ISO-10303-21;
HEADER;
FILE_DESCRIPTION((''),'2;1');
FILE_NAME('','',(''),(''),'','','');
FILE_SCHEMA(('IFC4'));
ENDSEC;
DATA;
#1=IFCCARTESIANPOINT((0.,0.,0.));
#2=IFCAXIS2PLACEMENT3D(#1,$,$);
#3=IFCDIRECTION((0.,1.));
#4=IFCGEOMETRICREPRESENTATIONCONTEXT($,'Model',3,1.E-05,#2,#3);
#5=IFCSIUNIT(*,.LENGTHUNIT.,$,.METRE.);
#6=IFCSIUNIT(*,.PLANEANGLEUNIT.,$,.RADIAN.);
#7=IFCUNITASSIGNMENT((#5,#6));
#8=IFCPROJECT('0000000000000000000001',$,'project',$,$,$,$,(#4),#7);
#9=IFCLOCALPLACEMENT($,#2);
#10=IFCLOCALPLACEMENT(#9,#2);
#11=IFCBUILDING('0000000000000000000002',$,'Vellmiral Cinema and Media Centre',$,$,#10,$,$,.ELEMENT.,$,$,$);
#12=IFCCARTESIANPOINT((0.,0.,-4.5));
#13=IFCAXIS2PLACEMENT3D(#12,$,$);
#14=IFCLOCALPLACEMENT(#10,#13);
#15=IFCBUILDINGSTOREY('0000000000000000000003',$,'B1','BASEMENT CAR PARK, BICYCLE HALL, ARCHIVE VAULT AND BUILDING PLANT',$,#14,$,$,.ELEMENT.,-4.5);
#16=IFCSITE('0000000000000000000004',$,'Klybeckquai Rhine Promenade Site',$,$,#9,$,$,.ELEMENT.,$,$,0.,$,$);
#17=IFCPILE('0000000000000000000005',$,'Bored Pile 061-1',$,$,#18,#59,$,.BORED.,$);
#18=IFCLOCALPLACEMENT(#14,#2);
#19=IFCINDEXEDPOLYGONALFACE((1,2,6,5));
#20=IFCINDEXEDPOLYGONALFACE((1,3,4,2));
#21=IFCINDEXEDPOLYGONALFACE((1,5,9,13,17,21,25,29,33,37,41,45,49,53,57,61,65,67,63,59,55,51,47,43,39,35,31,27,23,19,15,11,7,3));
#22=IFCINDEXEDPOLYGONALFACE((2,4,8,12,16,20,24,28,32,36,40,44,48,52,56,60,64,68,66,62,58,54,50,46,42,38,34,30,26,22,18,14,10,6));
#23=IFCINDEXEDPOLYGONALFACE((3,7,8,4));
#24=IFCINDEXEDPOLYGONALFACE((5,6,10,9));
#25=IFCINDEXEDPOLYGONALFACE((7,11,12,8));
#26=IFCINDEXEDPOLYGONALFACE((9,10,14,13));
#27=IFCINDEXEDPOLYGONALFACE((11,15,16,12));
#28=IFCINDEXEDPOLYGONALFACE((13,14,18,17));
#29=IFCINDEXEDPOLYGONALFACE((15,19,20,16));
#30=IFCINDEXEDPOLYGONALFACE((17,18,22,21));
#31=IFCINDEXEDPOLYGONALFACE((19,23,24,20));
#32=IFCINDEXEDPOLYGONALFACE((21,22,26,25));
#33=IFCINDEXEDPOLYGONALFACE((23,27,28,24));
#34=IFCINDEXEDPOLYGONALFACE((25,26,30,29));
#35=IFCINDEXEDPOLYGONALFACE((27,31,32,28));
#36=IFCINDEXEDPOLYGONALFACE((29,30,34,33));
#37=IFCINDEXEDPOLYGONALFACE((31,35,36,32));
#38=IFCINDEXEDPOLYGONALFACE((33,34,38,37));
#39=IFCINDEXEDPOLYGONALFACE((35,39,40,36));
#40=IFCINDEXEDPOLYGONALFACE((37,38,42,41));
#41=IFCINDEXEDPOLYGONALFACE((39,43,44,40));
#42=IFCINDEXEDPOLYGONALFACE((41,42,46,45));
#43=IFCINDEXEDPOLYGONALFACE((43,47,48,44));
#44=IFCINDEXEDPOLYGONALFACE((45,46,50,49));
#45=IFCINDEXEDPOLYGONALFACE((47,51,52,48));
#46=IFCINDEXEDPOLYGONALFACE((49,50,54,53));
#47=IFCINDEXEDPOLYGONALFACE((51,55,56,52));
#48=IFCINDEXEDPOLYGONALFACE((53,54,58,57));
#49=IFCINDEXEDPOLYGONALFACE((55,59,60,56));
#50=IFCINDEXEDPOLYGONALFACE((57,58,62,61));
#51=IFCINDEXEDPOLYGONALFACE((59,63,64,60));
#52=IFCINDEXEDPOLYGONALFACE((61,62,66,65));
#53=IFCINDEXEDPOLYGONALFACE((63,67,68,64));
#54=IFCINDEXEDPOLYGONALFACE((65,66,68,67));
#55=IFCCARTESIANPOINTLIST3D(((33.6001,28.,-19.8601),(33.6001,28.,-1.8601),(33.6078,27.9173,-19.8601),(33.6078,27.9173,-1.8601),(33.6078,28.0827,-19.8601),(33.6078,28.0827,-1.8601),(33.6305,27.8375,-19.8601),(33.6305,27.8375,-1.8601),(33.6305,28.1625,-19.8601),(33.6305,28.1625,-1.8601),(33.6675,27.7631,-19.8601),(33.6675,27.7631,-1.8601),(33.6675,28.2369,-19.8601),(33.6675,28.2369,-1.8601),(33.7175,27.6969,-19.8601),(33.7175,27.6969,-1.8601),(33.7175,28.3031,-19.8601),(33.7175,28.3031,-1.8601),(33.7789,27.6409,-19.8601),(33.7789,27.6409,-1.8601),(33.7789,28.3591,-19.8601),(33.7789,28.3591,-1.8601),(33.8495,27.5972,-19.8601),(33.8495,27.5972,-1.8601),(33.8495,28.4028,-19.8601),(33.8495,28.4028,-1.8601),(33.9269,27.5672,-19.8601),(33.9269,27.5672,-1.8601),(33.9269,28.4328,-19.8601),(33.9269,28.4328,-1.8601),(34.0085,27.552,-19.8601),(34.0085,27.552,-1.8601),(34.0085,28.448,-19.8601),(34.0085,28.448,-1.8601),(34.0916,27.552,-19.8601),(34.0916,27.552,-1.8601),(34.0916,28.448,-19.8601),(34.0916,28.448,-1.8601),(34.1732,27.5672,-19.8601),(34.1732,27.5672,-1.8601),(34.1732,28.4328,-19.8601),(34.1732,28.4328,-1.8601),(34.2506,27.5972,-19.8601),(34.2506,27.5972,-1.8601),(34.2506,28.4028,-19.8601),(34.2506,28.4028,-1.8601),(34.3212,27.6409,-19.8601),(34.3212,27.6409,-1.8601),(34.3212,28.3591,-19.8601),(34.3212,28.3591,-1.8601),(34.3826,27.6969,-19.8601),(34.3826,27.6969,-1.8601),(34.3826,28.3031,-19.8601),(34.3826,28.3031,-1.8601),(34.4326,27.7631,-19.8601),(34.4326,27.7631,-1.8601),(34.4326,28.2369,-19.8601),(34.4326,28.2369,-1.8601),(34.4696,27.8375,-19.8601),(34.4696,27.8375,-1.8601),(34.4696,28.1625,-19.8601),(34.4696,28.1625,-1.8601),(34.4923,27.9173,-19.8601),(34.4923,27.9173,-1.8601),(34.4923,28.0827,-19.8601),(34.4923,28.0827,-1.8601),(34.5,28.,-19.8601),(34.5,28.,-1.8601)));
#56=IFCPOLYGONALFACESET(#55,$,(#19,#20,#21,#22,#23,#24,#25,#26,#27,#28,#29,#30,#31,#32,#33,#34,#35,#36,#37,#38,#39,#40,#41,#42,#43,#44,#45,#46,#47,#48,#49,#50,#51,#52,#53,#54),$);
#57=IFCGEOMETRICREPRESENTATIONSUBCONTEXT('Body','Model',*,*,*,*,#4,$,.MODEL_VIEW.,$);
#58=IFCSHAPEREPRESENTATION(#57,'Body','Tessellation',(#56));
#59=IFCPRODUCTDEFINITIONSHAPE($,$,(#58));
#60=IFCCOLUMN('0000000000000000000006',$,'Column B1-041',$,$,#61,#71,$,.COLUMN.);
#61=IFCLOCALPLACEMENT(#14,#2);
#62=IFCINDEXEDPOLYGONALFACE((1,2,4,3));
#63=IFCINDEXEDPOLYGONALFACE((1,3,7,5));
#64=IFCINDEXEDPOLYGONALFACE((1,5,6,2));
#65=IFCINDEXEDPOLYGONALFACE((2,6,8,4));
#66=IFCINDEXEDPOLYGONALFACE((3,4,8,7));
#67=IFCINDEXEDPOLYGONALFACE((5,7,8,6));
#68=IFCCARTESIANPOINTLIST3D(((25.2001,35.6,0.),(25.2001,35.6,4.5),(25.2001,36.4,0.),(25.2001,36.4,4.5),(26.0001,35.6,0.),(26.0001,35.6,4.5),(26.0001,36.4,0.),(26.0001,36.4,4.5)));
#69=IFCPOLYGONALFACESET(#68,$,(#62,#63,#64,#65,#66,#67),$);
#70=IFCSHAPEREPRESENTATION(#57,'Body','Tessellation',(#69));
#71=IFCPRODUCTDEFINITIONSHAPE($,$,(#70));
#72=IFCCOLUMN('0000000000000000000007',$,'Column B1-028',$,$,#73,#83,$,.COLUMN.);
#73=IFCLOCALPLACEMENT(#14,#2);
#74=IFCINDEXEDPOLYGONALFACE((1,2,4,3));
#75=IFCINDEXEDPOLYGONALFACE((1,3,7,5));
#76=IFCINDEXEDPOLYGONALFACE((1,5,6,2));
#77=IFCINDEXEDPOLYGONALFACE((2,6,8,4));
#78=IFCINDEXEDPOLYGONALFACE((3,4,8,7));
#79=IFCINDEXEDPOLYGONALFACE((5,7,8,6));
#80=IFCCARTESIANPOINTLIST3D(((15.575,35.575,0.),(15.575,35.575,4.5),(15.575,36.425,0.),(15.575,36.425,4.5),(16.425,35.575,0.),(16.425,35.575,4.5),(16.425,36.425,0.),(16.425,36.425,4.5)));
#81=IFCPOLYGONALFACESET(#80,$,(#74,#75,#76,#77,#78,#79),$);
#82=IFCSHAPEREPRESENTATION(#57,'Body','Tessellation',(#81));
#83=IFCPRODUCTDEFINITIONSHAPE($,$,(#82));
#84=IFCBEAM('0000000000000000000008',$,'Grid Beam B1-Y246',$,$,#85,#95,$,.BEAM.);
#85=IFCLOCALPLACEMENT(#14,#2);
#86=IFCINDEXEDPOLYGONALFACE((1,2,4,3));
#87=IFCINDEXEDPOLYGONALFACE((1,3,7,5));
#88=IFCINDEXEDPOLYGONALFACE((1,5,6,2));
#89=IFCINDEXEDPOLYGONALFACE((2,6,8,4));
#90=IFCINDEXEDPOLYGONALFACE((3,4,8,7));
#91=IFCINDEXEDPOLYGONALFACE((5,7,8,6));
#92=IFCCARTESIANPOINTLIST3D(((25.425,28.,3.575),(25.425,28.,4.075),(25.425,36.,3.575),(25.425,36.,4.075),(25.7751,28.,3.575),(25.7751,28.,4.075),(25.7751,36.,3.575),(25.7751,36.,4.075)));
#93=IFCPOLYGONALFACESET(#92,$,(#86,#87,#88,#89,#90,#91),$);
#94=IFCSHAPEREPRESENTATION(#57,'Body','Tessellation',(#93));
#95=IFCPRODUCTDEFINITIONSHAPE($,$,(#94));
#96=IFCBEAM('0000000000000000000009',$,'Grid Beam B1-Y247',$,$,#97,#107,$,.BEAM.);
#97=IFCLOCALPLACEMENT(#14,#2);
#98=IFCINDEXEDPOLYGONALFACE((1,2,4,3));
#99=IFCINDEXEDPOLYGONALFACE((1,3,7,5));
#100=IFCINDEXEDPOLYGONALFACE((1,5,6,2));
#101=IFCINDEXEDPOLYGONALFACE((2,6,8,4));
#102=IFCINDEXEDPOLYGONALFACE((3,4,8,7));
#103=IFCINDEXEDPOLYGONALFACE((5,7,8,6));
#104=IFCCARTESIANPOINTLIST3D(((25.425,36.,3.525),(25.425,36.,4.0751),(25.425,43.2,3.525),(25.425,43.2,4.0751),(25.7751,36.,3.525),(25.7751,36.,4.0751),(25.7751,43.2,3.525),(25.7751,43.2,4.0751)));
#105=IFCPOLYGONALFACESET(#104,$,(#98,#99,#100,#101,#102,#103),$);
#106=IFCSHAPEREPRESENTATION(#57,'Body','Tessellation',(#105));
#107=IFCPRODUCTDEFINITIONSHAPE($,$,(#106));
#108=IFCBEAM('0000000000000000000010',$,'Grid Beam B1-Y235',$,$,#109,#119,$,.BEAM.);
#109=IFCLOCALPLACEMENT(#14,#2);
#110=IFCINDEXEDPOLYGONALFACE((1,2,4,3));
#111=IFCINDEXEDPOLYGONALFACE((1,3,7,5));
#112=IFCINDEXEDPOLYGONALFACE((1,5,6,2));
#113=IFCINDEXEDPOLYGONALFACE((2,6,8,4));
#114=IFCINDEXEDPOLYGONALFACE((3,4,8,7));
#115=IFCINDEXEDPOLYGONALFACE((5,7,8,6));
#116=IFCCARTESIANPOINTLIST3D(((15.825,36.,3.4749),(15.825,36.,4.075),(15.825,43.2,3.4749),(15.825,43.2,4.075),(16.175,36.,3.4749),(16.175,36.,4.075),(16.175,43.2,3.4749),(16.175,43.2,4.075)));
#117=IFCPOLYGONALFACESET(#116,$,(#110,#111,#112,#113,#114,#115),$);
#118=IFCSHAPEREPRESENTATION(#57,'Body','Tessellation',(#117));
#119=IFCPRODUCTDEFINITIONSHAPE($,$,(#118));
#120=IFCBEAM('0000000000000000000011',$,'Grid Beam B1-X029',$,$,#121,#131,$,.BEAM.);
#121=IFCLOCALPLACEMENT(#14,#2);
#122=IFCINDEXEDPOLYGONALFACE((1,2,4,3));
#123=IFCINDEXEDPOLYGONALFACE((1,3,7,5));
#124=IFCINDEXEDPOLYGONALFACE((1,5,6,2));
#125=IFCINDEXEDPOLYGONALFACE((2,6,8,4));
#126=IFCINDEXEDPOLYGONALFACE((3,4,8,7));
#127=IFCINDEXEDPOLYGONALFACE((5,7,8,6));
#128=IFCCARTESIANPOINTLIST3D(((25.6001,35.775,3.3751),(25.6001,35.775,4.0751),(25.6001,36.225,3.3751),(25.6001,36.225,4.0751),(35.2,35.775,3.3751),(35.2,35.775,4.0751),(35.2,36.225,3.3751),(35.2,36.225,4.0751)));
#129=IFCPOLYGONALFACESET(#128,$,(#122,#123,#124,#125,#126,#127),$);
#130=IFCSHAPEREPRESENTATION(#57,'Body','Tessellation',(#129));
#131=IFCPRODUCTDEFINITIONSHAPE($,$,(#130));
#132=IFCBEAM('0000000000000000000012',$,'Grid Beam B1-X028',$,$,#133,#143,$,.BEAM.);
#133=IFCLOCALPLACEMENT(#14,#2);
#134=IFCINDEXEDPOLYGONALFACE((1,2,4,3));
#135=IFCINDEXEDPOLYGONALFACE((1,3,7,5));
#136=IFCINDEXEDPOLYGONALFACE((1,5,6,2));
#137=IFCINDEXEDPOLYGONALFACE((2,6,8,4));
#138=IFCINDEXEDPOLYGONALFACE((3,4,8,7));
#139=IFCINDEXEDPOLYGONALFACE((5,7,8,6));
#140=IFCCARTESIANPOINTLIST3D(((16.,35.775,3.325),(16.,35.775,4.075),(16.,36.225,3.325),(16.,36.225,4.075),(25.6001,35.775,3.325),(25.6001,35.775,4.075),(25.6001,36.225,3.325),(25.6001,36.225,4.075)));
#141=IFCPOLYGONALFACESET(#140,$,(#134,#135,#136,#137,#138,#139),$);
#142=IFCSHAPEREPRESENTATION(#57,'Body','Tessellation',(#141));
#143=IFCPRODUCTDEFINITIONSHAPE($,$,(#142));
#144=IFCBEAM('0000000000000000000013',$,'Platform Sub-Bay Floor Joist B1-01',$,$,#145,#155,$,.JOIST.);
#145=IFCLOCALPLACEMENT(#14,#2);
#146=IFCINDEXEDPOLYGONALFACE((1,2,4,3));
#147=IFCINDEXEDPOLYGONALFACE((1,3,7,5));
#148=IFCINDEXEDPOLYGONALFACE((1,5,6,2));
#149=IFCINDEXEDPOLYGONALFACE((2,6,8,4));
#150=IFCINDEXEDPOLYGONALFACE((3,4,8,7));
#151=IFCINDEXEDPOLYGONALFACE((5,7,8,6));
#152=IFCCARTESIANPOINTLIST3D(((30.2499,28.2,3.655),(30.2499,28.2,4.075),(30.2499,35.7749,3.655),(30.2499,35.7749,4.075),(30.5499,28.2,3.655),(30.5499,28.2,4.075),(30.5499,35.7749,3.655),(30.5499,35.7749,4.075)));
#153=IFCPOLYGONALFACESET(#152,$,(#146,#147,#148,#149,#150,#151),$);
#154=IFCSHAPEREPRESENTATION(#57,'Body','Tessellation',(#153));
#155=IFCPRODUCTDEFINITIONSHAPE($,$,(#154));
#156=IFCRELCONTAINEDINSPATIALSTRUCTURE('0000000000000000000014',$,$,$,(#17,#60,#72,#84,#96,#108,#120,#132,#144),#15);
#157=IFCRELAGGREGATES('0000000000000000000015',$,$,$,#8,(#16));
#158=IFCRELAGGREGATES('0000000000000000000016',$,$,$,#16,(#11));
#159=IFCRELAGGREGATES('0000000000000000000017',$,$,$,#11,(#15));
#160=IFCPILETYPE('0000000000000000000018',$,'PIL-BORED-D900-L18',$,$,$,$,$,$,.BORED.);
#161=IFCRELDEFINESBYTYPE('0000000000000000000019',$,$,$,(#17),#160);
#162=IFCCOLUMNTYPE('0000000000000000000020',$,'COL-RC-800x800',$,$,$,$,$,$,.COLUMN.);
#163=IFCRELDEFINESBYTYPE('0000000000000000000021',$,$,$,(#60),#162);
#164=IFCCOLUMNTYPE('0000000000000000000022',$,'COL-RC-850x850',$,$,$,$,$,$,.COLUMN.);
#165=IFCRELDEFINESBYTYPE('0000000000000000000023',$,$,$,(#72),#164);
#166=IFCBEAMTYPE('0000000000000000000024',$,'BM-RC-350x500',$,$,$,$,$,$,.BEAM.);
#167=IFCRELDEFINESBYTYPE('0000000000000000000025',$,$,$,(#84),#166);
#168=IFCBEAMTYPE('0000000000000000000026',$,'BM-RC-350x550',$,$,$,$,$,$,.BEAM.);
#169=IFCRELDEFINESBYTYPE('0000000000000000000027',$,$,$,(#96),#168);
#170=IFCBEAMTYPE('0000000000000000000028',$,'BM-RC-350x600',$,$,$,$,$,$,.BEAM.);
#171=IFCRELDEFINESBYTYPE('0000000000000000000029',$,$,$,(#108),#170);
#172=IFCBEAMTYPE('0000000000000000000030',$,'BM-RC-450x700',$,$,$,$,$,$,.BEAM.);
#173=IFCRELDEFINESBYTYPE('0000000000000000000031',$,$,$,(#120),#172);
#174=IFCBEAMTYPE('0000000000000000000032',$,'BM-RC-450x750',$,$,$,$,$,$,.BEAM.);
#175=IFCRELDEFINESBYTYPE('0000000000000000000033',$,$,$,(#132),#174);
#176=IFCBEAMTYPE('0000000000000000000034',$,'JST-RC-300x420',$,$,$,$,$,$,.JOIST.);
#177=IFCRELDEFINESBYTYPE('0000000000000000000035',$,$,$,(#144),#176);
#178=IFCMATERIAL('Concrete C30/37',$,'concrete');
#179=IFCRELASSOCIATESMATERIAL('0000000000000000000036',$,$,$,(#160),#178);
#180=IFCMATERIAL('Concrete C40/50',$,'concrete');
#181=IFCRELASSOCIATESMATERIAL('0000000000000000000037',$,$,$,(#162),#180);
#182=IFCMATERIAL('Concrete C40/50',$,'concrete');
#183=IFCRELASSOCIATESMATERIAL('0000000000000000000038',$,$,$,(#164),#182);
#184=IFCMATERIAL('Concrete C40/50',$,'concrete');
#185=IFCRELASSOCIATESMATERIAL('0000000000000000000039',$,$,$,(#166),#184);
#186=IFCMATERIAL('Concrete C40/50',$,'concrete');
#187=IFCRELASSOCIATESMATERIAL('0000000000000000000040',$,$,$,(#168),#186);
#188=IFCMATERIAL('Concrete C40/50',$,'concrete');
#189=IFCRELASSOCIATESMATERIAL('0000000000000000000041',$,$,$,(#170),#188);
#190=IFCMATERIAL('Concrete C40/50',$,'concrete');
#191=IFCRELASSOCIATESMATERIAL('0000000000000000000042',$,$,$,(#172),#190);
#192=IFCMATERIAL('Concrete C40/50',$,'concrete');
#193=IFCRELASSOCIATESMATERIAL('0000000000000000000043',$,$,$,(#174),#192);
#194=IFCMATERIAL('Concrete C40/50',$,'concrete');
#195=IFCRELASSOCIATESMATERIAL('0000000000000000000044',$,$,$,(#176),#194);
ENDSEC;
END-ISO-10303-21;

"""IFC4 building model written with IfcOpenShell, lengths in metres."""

from ifc_helpers import new_model, si_unit, direction, frame, origin, origin_2d, place, context, subcontext, project, spatial, rectangle, circle, extrude, material, material_profile, profile_set, type_object, element, save


model = new_model("IFC4")

# Units and contexts
model_context = context("Model", 3, precision=1e-05, world=origin(), true_north=direction((0.0, 1.0)))
body_context = subcontext(model_context, "Body", "Model", "MODEL_VIEW")
ifc_project = project(units=[si_unit("LENGTHUNIT", "METRE"), si_unit("PLANEANGLEUNIT", "RADIAN")], contexts=[model_context])

# Site, building, storey
site_placement = place(None, origin())
site = spatial("IfcSite", under=ifc_project, at=site_placement, Name="Klybeckquai Rhine Promenade Site", CompositionType="ELEMENT", RefElevation=0.0)
building_placement = place(site_placement, origin())
building = spatial("IfcBuilding", under=site, at=building_placement, Name="Vellmiral Cinema and Media Centre", CompositionType="ELEMENT")
storey_placement = place(building_placement, frame((0.0, 0.0, -4.5)))
storey = spatial("IfcBuildingStorey", under=building, at=storey_placement, Name="B1", Description="BASEMENT CAR PARK, BICYCLE HALL, ARCHIVE VAULT AND BUILDING PLANT", CompositionType="ELEMENT", Elevation=-4.5)

# Pile
ifc_material_1 = material(Name="Concrete C30/37", Category="concrete")
ifc_material_profile_1 = material_profile(ifc_material_1, circle(Radius=0.45, at=origin_2d()), Name="PILE D900")
ifc_profile_set_1 = profile_set([ifc_material_profile_1], Name="Concrete C30/37")
pile_type_1 = type_object("IfcPileType", Name="PIL-BORED-D900-L18", PredefinedType="BORED", material=ifc_profile_set_1)
for number, where, z_axis, x_axis, name in (
    (1, (34.05, 28.0, -1.8601), (0.0, 0.0, -1.0), (1.0, 0.0, 0.0), "Bored Pile 061-1"),
):
    element("IfcPile", number, at=place(storey_placement, frame(where, z_axis=z_axis, x_axis=x_axis)), inside=storey, type_object=pile_type_1, Name=name, PredefinedType="BORED", context=body_context, shape_type="SweptSolid", body=[
        extrude(circle(Radius=0.45, at=origin_2d()), origin(), (0.0, 0.0, 1.0), 18.0),
    ])

# Columns
ifc_material_2 = material(Name="Concrete C40/50", Category="concrete")
ifc_material_profile_2 = material_profile(ifc_material_2, rectangle(XDim=0.8, YDim=0.8, at=origin_2d()), Name="RC 800x800")
ifc_profile_set_2 = profile_set([ifc_material_profile_2], Name="Concrete C40/50")
column_type_1 = type_object("IfcColumnType", Name="COL-RC-800x800", PredefinedType="COLUMN", material=ifc_profile_set_2)
column_1_placement = place(storey_placement, frame((25.6001, 36.0, 0.0), z_axis=(0.0, 0.0, 1.0), x_axis=(1.0, 0.0, 0.0)))
element("IfcColumn", 2, at=column_1_placement, inside=storey, type_object=column_type_1, Name="Column B1-041", PredefinedType="COLUMN", context=body_context, shape_type="SweptSolid", body=[
    extrude(rectangle(XDim=0.8, YDim=0.8, at=origin_2d()), origin(), (0.0, 0.0, 1.0), 4.5),
])
ifc_material_3 = material(Name="Concrete C40/50", Category="concrete")
ifc_material_profile_3 = material_profile(ifc_material_3, rectangle(XDim=0.8501, YDim=0.8501, at=origin_2d()), Name="RC 850x850")
ifc_profile_set_3 = profile_set([ifc_material_profile_3], Name="Concrete C40/50")
column_type_2 = type_object("IfcColumnType", Name="COL-RC-850x850", PredefinedType="COLUMN", material=ifc_profile_set_3)
column_2_placement = place(storey_placement, frame((16.0, 36.0, 0.0), z_axis=(0.0, 0.0, 1.0), x_axis=(1.0, 0.0, 0.0)))
element("IfcColumn", 3, at=column_2_placement, inside=storey, type_object=column_type_2, Name="Column B1-028", PredefinedType="COLUMN", context=body_context, shape_type="SweptSolid", body=[
    extrude(rectangle(XDim=0.8501, YDim=0.8501, at=origin_2d()), origin(), (0.0, 0.0, 1.0), 4.5),
])

# Beams
ifc_material_4 = material(Name="Concrete C40/50", Category="concrete")
ifc_material_profile_4 = material_profile(ifc_material_4, rectangle(XDim=0.3501, YDim=0.5, at=origin_2d()), Name="RC 350x500")
ifc_profile_set_4 = profile_set([ifc_material_profile_4], Name="Concrete C40/50")
beam_type_1 = type_object("IfcBeamType", Name="BM-RC-350x500", PredefinedType="BEAM", material=ifc_profile_set_4)
beam_1_placement = place(storey_placement, frame((25.6001, 28.0, 3.825), z_axis=(0.0, 1.0, 0.0), x_axis=(-1.0, 0.0, 0.0)))
element("IfcBeam", 4, at=beam_1_placement, inside=storey, type_object=beam_type_1, Name="Grid Beam B1-Y246", PredefinedType="BEAM", context=body_context, shape_type="SweptSolid", body=[
    extrude(rectangle(XDim=0.3501, YDim=0.5, at=origin_2d()), origin(), (0.0, 0.0, 1.0), 8.0),
])
ifc_material_5 = material(Name="Concrete C40/50", Category="concrete")
ifc_material_profile_5 = material_profile(ifc_material_5, rectangle(XDim=0.3501, YDim=0.55, at=origin_2d()), Name="RC 350x550")
ifc_profile_set_5 = profile_set([ifc_material_profile_5], Name="Concrete C40/50")
beam_type_2 = type_object("IfcBeamType", Name="BM-RC-350x550", PredefinedType="BEAM", material=ifc_profile_set_5)
beam_2_placement = place(storey_placement, frame((25.6001, 36.0, 3.8), z_axis=(0.0, 1.0, 0.0), x_axis=(-1.0, 0.0, 0.0)))
element("IfcBeam", 5, at=beam_2_placement, inside=storey, type_object=beam_type_2, Name="Grid Beam B1-Y247", PredefinedType="BEAM", context=body_context, shape_type="SweptSolid", body=[
    extrude(rectangle(XDim=0.3501, YDim=0.55, at=origin_2d()), origin(), (0.0, 0.0, 1.0), 7.2),
])
ifc_material_6 = material(Name="Concrete C40/50", Category="concrete")
ifc_material_profile_6 = material_profile(ifc_material_6, rectangle(XDim=0.3501, YDim=0.6001, at=origin_2d()), Name="RC 350x600")
ifc_profile_set_6 = profile_set([ifc_material_profile_6], Name="Concrete C40/50")
beam_type_3 = type_object("IfcBeamType", Name="BM-RC-350x600", PredefinedType="BEAM", material=ifc_profile_set_6)
beam_3_placement = place(storey_placement, frame((16.0, 36.0, 3.7749), z_axis=(0.0, 1.0, 0.0), x_axis=(-1.0, 0.0, 0.0)))
element("IfcBeam", 6, at=beam_3_placement, inside=storey, type_object=beam_type_3, Name="Grid Beam B1-Y235", PredefinedType="BEAM", context=body_context, shape_type="SweptSolid", body=[
    extrude(rectangle(XDim=0.3501, YDim=0.6001, at=origin_2d()), origin(), (0.0, 0.0, 1.0), 7.2),
])
ifc_material_7 = material(Name="Concrete C40/50", Category="concrete")
ifc_material_profile_7 = material_profile(ifc_material_7, rectangle(XDim=0.45, YDim=0.7, at=origin_2d()), Name="RC 450x700")
ifc_profile_set_7 = profile_set([ifc_material_profile_7], Name="Concrete C40/50")
beam_type_4 = type_object("IfcBeamType", Name="BM-RC-450x700", PredefinedType="BEAM", material=ifc_profile_set_7)
beam_4_placement = place(storey_placement, frame((25.6001, 36.0, 3.7251), z_axis=(1.0, 0.0, 0.0), x_axis=(0.0, 1.0, 0.0)))
element("IfcBeam", 7, at=beam_4_placement, inside=storey, type_object=beam_type_4, Name="Grid Beam B1-X029", PredefinedType="BEAM", context=body_context, shape_type="SweptSolid", body=[
    extrude(rectangle(XDim=0.45, YDim=0.7, at=origin_2d()), origin(), (0.0, 0.0, 1.0), 9.5999),
])
ifc_material_8 = material(Name="Concrete C40/50", Category="concrete")
ifc_material_profile_8 = material_profile(ifc_material_8, rectangle(XDim=0.45, YDim=0.75, at=origin_2d()), Name="RC 450x750")
ifc_profile_set_8 = profile_set([ifc_material_profile_8], Name="Concrete C40/50")
beam_type_5 = type_object("IfcBeamType", Name="BM-RC-450x750", PredefinedType="BEAM", material=ifc_profile_set_8)
beam_5_placement = place(storey_placement, frame((16.0, 36.0, 3.7), z_axis=(1.0, 0.0, 0.0), x_axis=(0.0, 1.0, 0.0)))
element("IfcBeam", 8, at=beam_5_placement, inside=storey, type_object=beam_type_5, Name="Grid Beam B1-X028", PredefinedType="BEAM", context=body_context, shape_type="SweptSolid", body=[
    extrude(rectangle(XDim=0.45, YDim=0.75, at=origin_2d()), origin(), (0.0, 0.0, 1.0), 9.6001),
])
ifc_material_9 = material(Name="Concrete C40/50", Category="concrete")
ifc_material_profile_9 = material_profile(ifc_material_9, rectangle(XDim=0.3, YDim=0.4199, at=origin_2d()), Name="RC 300x420")
ifc_profile_set_9 = profile_set([ifc_material_profile_9], Name="Concrete C40/50")
beam_type_6 = type_object("IfcBeamType", Name="JST-RC-300x420", PredefinedType="JOIST", material=ifc_profile_set_9)
beam_6_placement = place(storey_placement, frame((30.3999, 28.2, 3.865), z_axis=(0.0, 1.0, 0.0), x_axis=(-1.0, 0.0, 0.0)))
element("IfcBeam", 9, at=beam_6_placement, inside=storey, type_object=beam_type_6, Name="Platform Sub-Bay Floor Joist B1-01", PredefinedType="JOIST", context=body_context, shape_type="SweptSolid", body=[
    extrude(rectangle(XDim=0.3, YDim=0.4199, at=origin_2d()), origin(), (0.0, 0.0, 1.0), 7.575),
])

save(model, "model.ifc")
